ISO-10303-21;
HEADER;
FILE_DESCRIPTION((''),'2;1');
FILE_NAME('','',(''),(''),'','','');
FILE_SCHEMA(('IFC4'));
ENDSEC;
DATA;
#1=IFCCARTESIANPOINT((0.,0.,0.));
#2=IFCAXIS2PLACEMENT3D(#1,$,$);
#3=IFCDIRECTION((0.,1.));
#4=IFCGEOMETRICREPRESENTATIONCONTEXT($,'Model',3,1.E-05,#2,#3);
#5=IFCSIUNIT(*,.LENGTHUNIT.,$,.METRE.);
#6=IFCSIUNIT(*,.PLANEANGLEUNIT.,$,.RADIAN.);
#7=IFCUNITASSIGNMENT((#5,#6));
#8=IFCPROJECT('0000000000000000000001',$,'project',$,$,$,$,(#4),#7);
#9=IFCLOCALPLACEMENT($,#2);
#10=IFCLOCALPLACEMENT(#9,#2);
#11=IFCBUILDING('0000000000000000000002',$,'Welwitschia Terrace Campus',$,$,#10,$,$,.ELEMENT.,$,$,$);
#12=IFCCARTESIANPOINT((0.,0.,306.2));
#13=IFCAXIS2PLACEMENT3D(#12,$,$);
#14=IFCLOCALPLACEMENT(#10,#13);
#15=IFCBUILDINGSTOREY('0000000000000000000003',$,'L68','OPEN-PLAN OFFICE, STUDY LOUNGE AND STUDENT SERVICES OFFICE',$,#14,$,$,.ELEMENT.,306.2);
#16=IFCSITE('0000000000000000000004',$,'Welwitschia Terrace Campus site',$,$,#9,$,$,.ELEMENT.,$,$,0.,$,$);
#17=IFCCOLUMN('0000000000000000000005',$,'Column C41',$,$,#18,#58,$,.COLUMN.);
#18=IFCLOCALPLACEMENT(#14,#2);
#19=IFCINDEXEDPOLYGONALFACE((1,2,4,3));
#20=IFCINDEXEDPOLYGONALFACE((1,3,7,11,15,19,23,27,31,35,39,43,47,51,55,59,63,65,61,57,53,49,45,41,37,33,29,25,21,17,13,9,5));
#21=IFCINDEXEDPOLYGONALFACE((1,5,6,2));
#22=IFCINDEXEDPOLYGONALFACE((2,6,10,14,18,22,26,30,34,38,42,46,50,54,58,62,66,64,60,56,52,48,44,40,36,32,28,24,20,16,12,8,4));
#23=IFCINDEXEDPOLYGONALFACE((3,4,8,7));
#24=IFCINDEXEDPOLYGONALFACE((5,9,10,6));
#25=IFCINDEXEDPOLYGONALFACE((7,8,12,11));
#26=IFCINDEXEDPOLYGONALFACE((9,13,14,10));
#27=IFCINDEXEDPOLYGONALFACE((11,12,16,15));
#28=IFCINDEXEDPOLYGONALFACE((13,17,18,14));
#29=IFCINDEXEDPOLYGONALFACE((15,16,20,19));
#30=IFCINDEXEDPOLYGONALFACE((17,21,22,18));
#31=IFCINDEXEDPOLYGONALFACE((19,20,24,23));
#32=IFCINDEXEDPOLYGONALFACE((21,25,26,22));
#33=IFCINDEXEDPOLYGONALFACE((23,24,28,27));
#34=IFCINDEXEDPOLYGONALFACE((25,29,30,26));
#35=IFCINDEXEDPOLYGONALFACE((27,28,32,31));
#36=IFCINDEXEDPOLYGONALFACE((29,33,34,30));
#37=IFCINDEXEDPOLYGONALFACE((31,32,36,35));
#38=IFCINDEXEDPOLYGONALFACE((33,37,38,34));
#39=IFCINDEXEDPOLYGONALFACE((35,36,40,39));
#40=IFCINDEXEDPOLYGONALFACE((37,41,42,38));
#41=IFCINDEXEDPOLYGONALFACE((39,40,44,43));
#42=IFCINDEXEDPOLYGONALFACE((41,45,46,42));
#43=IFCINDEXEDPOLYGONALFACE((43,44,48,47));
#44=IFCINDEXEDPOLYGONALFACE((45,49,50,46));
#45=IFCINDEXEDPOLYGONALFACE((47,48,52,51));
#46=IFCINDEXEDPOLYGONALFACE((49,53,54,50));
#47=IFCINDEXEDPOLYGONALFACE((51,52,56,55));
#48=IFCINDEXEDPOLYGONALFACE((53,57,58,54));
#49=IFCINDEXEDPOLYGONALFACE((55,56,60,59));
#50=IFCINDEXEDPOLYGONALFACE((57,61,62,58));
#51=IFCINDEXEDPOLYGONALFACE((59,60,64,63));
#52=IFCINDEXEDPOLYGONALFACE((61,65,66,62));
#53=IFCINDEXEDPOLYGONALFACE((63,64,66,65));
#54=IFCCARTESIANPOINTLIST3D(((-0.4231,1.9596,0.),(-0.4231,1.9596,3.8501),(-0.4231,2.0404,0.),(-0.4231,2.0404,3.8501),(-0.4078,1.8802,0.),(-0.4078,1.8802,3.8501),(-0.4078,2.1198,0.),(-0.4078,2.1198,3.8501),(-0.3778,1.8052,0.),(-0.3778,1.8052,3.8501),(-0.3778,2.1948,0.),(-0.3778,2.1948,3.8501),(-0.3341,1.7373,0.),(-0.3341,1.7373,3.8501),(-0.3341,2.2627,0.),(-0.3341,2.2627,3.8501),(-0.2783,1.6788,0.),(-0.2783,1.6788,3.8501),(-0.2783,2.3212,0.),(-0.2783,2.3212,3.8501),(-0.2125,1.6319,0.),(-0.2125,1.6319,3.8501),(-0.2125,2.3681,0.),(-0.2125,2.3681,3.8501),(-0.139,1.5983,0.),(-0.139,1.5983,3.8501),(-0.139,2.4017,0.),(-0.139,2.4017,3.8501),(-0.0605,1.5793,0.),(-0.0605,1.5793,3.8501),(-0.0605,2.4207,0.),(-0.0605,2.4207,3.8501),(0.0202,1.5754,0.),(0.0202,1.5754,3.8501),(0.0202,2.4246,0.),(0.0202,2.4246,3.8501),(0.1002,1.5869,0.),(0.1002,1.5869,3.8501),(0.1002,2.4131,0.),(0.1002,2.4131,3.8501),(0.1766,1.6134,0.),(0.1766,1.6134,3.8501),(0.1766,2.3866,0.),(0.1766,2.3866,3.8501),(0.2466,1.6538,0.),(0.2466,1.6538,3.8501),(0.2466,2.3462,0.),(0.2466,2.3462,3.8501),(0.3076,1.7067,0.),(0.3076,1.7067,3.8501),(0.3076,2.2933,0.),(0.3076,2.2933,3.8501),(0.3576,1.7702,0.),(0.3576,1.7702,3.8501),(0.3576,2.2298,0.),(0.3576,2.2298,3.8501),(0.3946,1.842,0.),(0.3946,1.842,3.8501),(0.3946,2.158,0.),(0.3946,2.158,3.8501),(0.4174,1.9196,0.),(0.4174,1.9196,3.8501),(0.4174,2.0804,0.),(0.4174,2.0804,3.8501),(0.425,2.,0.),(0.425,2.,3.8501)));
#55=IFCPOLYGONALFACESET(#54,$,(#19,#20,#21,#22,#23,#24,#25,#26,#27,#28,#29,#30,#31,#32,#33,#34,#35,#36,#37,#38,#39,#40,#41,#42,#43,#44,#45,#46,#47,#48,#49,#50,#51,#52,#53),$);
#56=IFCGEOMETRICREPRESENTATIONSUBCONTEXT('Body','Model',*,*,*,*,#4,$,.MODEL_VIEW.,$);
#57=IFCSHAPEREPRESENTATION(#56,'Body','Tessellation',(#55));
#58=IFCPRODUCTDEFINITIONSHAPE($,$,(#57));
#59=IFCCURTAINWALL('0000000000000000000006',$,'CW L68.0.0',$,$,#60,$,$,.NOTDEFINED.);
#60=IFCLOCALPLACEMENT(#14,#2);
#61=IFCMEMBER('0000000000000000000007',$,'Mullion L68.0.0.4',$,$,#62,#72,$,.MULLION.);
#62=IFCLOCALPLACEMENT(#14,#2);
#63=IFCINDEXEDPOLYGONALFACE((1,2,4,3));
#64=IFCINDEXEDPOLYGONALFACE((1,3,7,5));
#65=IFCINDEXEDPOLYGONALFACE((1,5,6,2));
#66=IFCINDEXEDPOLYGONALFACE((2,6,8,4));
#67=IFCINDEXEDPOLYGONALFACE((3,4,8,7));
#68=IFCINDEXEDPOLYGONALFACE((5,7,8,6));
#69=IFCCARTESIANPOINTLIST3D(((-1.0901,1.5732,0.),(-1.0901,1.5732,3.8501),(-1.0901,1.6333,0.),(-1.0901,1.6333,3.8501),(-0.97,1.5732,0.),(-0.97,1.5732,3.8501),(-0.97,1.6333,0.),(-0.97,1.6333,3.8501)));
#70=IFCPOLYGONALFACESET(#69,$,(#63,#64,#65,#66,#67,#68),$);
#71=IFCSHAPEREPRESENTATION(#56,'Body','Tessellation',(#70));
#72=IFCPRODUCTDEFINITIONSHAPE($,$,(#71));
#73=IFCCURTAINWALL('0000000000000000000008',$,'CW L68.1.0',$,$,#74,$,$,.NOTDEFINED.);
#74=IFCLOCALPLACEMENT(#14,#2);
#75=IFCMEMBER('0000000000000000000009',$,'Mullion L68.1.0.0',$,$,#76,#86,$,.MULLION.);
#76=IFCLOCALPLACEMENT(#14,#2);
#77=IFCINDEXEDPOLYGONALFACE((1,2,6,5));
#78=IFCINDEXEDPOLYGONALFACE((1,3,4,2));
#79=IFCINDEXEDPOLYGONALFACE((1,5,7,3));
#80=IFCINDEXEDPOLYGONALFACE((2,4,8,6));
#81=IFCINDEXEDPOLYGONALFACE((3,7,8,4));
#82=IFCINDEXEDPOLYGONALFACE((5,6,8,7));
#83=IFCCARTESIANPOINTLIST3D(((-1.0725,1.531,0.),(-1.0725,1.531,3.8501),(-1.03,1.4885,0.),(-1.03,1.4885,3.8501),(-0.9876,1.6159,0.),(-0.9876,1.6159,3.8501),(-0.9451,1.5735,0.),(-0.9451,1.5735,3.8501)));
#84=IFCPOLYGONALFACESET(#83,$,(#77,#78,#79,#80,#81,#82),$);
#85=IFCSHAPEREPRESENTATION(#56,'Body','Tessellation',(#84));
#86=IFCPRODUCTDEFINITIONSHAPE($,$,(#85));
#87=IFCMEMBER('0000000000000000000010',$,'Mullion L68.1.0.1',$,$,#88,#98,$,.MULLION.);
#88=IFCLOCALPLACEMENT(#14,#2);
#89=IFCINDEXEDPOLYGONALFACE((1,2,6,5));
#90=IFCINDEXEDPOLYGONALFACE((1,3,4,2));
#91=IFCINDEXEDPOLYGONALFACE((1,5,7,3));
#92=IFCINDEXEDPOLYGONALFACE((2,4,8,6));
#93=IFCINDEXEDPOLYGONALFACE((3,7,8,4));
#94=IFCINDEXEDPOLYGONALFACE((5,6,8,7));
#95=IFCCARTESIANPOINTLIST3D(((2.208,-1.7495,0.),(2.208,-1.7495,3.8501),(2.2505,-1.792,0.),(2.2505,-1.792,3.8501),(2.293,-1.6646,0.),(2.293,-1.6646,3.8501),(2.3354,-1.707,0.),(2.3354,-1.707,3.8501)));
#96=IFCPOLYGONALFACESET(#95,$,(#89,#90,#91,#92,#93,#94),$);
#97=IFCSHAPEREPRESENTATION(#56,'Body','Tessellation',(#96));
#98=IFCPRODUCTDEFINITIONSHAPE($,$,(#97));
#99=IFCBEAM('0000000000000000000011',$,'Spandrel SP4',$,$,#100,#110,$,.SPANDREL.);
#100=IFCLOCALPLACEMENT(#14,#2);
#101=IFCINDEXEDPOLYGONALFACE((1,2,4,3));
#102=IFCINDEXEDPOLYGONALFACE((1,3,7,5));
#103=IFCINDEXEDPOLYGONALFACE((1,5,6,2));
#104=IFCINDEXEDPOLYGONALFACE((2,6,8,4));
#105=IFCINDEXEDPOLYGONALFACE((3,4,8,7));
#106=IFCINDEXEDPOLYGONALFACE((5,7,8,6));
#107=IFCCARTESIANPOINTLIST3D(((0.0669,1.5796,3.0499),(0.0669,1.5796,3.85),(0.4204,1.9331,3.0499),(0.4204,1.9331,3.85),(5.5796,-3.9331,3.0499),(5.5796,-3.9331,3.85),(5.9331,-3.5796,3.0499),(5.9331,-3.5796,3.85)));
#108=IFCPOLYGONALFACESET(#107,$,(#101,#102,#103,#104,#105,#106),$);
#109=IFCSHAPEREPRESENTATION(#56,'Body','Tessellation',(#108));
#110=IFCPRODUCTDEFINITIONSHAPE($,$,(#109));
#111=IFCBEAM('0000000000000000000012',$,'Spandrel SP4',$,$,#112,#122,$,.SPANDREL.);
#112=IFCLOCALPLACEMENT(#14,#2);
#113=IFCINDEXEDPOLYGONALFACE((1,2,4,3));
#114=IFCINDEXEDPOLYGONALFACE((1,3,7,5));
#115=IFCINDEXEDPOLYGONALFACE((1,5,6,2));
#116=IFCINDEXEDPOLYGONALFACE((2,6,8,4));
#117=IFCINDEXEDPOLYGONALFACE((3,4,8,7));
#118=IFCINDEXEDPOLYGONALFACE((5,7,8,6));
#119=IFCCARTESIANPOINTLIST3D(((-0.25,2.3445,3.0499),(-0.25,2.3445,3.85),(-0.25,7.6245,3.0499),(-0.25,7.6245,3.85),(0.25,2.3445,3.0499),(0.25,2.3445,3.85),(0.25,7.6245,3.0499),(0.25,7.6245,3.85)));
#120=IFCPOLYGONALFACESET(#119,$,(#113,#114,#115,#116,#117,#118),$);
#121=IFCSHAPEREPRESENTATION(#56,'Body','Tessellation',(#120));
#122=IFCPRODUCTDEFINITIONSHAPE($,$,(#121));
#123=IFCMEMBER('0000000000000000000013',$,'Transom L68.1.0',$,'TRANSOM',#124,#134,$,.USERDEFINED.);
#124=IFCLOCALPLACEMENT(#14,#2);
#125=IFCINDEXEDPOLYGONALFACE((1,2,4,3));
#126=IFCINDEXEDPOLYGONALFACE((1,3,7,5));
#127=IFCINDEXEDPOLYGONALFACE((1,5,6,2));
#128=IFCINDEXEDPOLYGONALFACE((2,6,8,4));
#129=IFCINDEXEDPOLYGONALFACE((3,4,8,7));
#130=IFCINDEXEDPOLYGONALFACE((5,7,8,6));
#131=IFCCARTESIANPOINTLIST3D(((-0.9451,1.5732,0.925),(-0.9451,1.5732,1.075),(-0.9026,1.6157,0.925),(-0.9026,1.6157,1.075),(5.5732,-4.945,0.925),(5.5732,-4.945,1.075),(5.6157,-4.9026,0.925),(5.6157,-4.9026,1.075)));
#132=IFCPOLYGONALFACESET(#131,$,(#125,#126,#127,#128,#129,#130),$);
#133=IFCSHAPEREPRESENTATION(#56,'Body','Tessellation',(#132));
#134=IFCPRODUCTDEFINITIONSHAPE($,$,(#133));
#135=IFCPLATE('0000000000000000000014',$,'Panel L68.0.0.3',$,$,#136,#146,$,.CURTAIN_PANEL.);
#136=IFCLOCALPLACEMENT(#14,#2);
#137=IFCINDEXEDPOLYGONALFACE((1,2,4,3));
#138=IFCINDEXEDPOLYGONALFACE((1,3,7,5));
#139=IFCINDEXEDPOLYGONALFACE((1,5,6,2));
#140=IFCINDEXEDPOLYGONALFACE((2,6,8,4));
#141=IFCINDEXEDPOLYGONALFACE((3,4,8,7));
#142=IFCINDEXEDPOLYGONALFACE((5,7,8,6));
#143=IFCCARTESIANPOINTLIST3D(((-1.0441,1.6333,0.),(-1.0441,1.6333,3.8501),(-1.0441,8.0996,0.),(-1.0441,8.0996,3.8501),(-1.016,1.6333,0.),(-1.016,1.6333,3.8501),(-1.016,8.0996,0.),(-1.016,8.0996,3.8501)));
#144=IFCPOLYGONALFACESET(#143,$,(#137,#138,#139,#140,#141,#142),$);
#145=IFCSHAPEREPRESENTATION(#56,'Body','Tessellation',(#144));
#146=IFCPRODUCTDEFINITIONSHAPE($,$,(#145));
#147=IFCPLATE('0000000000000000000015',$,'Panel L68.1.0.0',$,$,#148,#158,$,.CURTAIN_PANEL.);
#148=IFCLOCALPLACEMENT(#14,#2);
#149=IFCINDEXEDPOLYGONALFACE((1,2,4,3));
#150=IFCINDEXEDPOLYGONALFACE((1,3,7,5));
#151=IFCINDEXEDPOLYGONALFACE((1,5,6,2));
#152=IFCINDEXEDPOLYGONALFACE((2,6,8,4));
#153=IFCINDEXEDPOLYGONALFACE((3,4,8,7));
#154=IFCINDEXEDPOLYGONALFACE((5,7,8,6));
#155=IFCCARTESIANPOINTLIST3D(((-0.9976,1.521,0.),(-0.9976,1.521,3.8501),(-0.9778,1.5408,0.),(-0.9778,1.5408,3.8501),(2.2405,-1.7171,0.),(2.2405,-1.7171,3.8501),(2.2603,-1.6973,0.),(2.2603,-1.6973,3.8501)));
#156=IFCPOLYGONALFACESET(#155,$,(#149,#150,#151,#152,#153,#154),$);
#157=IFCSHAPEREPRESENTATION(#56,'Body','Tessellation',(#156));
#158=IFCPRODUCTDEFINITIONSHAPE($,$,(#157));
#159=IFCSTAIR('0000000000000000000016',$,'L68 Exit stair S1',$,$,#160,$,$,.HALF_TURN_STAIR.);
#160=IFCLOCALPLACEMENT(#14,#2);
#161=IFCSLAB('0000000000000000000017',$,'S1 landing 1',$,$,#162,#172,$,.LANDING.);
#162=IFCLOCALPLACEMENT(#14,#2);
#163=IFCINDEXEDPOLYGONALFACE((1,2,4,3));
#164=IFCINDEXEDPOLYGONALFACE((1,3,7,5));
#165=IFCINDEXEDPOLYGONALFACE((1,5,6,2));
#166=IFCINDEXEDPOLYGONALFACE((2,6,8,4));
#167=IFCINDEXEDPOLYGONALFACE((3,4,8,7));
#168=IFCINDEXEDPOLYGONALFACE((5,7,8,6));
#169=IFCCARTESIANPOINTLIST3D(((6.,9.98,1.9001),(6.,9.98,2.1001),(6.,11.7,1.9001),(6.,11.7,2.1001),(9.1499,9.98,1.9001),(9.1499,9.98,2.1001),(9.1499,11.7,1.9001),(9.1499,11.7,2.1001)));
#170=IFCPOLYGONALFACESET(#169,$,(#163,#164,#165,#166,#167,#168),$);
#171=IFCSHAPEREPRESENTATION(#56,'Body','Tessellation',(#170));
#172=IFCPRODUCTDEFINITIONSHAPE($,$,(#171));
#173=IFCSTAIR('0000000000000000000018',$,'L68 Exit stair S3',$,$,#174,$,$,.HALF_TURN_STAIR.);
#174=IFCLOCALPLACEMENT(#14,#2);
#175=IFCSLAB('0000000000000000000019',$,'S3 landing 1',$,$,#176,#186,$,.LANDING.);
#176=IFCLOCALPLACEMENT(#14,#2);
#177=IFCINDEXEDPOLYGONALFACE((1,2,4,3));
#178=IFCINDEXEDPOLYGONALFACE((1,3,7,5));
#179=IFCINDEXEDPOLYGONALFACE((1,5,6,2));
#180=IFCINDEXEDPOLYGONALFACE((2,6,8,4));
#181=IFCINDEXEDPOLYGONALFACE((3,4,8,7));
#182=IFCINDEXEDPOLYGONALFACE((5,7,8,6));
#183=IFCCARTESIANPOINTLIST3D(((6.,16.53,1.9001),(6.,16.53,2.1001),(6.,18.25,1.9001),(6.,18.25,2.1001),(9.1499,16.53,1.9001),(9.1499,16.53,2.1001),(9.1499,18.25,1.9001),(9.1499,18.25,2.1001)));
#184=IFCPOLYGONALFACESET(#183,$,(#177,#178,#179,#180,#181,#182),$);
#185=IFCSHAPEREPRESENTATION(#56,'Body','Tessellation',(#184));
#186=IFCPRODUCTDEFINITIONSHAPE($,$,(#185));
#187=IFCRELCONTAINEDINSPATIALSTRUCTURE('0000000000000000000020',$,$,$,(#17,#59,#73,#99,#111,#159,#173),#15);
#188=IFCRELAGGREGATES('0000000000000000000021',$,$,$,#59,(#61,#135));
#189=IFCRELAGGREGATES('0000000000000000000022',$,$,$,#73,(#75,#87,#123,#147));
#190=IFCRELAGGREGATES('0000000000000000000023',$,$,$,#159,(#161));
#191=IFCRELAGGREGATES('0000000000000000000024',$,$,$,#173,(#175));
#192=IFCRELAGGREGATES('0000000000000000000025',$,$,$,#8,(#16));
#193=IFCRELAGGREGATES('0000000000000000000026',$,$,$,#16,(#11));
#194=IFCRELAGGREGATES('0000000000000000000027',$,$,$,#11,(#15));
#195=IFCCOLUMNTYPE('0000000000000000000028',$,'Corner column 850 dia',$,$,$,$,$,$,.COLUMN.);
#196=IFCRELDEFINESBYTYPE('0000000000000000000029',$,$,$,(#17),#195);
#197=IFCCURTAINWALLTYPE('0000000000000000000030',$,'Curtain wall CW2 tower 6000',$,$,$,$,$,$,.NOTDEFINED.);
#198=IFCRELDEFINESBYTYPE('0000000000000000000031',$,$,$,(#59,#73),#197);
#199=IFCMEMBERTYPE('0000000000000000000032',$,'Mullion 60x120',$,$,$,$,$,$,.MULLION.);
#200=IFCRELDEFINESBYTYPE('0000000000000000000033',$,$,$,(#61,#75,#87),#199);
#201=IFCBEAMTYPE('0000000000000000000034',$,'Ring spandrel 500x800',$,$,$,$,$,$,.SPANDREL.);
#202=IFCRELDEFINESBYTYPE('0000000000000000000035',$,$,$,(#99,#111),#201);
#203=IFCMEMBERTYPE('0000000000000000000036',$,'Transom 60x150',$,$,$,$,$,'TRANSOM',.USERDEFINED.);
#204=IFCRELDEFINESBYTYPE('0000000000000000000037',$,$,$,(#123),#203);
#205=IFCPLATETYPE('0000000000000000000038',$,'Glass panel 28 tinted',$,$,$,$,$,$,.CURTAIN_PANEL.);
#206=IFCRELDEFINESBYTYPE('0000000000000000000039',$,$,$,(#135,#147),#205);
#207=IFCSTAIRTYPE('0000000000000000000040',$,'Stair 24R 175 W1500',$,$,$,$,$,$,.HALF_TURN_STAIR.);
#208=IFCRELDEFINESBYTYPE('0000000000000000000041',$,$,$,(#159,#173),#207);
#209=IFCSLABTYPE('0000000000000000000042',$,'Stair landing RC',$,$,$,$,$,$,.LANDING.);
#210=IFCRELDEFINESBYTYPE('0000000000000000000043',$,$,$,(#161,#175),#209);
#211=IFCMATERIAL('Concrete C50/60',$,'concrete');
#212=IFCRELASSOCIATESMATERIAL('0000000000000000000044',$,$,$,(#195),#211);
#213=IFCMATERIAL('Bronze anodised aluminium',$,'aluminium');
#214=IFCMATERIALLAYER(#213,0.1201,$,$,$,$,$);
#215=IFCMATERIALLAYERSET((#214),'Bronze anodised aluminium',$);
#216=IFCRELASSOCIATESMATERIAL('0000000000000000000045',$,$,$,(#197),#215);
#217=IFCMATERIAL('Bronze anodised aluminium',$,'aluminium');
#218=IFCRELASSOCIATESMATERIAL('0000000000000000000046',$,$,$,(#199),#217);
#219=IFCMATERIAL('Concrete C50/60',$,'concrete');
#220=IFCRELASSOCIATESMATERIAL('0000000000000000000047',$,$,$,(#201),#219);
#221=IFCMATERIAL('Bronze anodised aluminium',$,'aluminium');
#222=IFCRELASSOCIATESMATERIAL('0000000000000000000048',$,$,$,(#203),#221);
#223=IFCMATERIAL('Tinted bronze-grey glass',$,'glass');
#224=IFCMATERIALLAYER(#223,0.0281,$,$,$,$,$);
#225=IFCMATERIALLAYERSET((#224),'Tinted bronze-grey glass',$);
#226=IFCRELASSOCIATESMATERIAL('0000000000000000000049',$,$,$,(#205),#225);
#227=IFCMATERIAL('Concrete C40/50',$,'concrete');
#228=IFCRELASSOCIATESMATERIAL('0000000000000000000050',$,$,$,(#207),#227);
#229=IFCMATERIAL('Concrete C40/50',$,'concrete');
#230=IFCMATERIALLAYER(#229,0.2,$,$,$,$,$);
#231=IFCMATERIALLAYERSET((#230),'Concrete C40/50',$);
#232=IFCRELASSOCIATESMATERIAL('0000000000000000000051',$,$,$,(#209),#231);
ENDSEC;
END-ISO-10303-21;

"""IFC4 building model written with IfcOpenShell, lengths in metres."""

from ifc_helpers import new_model, si_unit, direction, frame, origin, origin_2d, place, context, subcontext, project, spatial, polyline, rectangle, circle, outline, extrude, material, layer, layer_set, material_profile, profile_set, type_object, element, aggregate, save


model = new_model("IFC4")

# Units and contexts
model_context = context("Model", 3, precision=1e-05, world=origin(), true_north=direction((0.0, 1.0)))
body_context = subcontext(model_context, "Body", "Model", "MODEL_VIEW")
ifc_project = project(units=[si_unit("LENGTHUNIT", "METRE"), si_unit("PLANEANGLEUNIT", "RADIAN")], contexts=[model_context])

# Site, building, storey
site_placement = place(None, origin())
site = spatial("IfcSite", under=ifc_project, at=site_placement, Name="Welwitschia Terrace Campus site", CompositionType="ELEMENT", RefElevation=0.0)
building_placement = place(site_placement, origin())
building = spatial("IfcBuilding", under=site, at=building_placement, Name="Welwitschia Terrace Campus", CompositionType="ELEMENT")
storey_placement = place(building_placement, frame((0.0, 0.0, 306.2)))
storey = spatial("IfcBuildingStorey", under=building, at=storey_placement, Name="L68", Description="OPEN-PLAN OFFICE, STUDY LOUNGE AND STUDENT SERVICES OFFICE", CompositionType="ELEMENT", Elevation=306.2)

# Column
ifc_material_1 = material(Name="Concrete C50/60", Category="concrete")
ifc_material_profile_1 = material_profile(ifc_material_1, circle(Radius=0.425, at=origin_2d()))
ifc_profile_set_1 = profile_set([ifc_material_profile_1], Name="Concrete C50/60")
column_type = type_object("IfcColumnType", Name="Corner column 850 dia", PredefinedType="COLUMN", material=ifc_profile_set_1)
column_placement = place(storey_placement, frame((0.0, 2.0, 0.0), z_axis=(0.0, 0.0, 1.0), x_axis=(1.0, 0.0, 0.0)))
element("IfcColumn", 1, at=column_placement, inside=storey, type_object=column_type, Name="Column C41", PredefinedType="COLUMN", context=body_context, shape_type="SweptSolid", body=[
    extrude(circle(Radius=0.425, at=origin_2d()), origin(), (0.0, 0.0, 1.0), 3.8501),
])

# Curtain wall, member
ifc_material_2 = material(Name="Bronze anodised aluminium", Category="aluminium")
ifc_layer_1 = layer(ifc_material_2, 0.1201)
ifc_layer_set_1 = layer_set([ifc_layer_1], Name="Bronze anodised aluminium")
curtain_wall_type = type_object("IfcCurtainWallType", Name="Curtain wall CW2 tower 6000", PredefinedType="NOTDEFINED", material=ifc_layer_set_1)
curtain_wall_1_placement = place(storey_placement, origin())
curtain_wall_1 = element("IfcCurtainWall", 2, at=curtain_wall_1_placement, inside=storey, type_object=curtain_wall_type, Name="CW L68.0.0", PredefinedType="NOTDEFINED")
ifc_material_3 = material(Name="Bronze anodised aluminium", Category="aluminium")
ifc_material_profile_2 = material_profile(ifc_material_3, rectangle(XDim=0.1201, YDim=0.0601, at=origin_2d()))
ifc_profile_set_2 = profile_set([ifc_material_profile_2], Name="Bronze anodised aluminium")
member_type_1 = type_object("IfcMemberType", Name="Mullion 60x120", PredefinedType="MULLION", material=ifc_profile_set_2)
member_1_placement = place(storey_placement, frame((-1.03, 1.6033, 0.0), z_axis=(0.0, 0.0, 1.0), x_axis=(1.0, 0.0, 0.0)))
member_1 = element("IfcMember", 3, at=member_1_placement, type_object=member_type_1, Name="Mullion L68.0.0.4", PredefinedType="MULLION", context=body_context, shape_type="SweptSolid", body=[
    extrude(rectangle(XDim=0.1201, YDim=0.0601, at=origin_2d()), origin(), (0.0, 0.0, 1.0), 3.8501),
])

# Curtain wall, members
curtain_wall_2_placement = place(storey_placement, origin())
curtain_wall_2 = element("IfcCurtainWall", 4, at=curtain_wall_2_placement, inside=storey, type_object=curtain_wall_type, Name="CW L68.1.0", PredefinedType="NOTDEFINED")
member_2_placement = place(storey_placement, frame((-1.0088, 1.5522, 0.0), z_axis=(0.0, 0.0, 1.0), x_axis=(0.707107, 0.707107, 0.0)))
member_2 = element("IfcMember", 5, at=member_2_placement, type_object=member_type_1, Name="Mullion L68.1.0.0", PredefinedType="MULLION", context=body_context, shape_type="SweptSolid", body=[
    extrude(rectangle(XDim=0.1201, YDim=0.0601, at=origin_2d()), origin(), (0.0, 0.0, 1.0), 3.8501),
])
member_3_placement = place(storey_placement, frame((2.2717, -1.7283, 0.0), z_axis=(0.0, 0.0, 1.0), x_axis=(0.707107, 0.707107, 0.0)))
member_3 = element("IfcMember", 6, at=member_3_placement, type_object=member_type_1, Name="Mullion L68.1.0.1", PredefinedType="MULLION", context=body_context, shape_type="SweptSolid", body=[
    extrude(rectangle(XDim=0.1201, YDim=0.0601, at=origin_2d()), origin(), (0.0, 0.0, 1.0), 3.8501),
])

# Beams
ifc_material_4 = material(Name="Concrete C50/60", Category="concrete")
ifc_material_profile_3 = material_profile(ifc_material_4, rectangle(XDim=0.5, YDim=0.8, at=origin_2d()))
ifc_profile_set_3 = profile_set([ifc_material_profile_3], Name="Concrete C50/60")
beam_type = type_object("IfcBeamType", Name="Ring spandrel 500x800", PredefinedType="SPANDREL", material=ifc_profile_set_3)
beam_1_placement = place(storey_placement, frame((0.2437, 1.7563, 3.45), z_axis=(0.707107, -0.707107, 0.0), x_axis=(0.707107, 0.707107, 0.0)))
element("IfcBeam", 7, at=beam_1_placement, inside=storey, type_object=beam_type, Name="Spandrel SP4", PredefinedType="SPANDREL", context=body_context, shape_type="SweptSolid", body=[
    extrude(rectangle(XDim=0.5, YDim=0.8, at=origin_2d()), origin(), (0.0, 0.0, 1.0), 7.7961),
])
beam_2_placement = place(storey_placement, frame((0.0, 7.6245, 3.45), z_axis=(0.0, -1.0, 0.0), x_axis=(1.0, 0.0, 0.0)))
element("IfcBeam", 8, at=beam_2_placement, inside=storey, type_object=beam_type, Name="Spandrel SP4", PredefinedType="SPANDREL", context=body_context, shape_type="SweptSolid", body=[
    extrude(rectangle(XDim=0.5, YDim=0.8, at=origin_2d()), origin(), (0.0, 0.0, 1.0), 5.28),
])

# Member
ifc_material_5 = material(Name="Bronze anodised aluminium", Category="aluminium")
ifc_material_profile_4 = material_profile(ifc_material_5, rectangle(XDim=0.0601, YDim=0.1499, at=origin_2d()))
ifc_profile_set_4 = profile_set([ifc_material_profile_4], Name="Bronze anodised aluminium")
member_type_2 = type_object("IfcMemberType", Name="Transom 60x150", ElementType="TRANSOM", PredefinedType="USERDEFINED", material=ifc_profile_set_4)
member_4_placement = place(storey_placement, frame((-0.9238, 1.5945, 1.0), z_axis=(0.707107, -0.707107, 0.0), x_axis=(0.707107, 0.707107, 0.0)))
member_4 = element("IfcMember", 9, at=member_4_placement, type_object=member_type_2, Name="Transom L68.1.0", ObjectType="TRANSOM", PredefinedType="USERDEFINED", context=body_context, shape_type="SweptSolid", body=[
    extrude(rectangle(XDim=0.0601, YDim=0.1499, at=origin_2d()), origin(), (0.0, 0.0, 1.0), 9.2183),
])

# Plates
ifc_material_6 = material(Name="Tinted bronze-grey glass", Category="glass")
ifc_layer_2 = layer(ifc_material_6, 0.0281)
ifc_layer_set_2 = layer_set([ifc_layer_2], Name="Tinted bronze-grey glass")
plate_type = type_object("IfcPlateType", Name="Glass panel 28 tinted", PredefinedType="CURTAIN_PANEL", material=ifc_layer_set_2)
plate_1_placement = place(storey_placement, frame((-1.03, 4.8665, 0.0), z_axis=(0.0, 0.0, 1.0), x_axis=(0.0, -1.0, 0.0)))
plate_1 = element("IfcPlate", 10, at=plate_1_placement, type_object=plate_type, Name="Panel L68.0.0.3", PredefinedType="CURTAIN_PANEL", context=body_context, shape_type="SweptSolid", body=[
    extrude(rectangle(XDim=6.4663, YDim=0.0281, at=origin_2d()), origin(), (0.0, 0.0, 1.0), 3.8501),
])
aggregate(curtain_wall_1, [member_1, plate_1])
plate_2_placement = place(storey_placement, frame((0.6313, -0.0881, 0.0), z_axis=(0.0, 0.0, 1.0), x_axis=(0.707107, -0.707107, 0.0)))
plate_2 = element("IfcPlate", 11, at=plate_2_placement, type_object=plate_type, Name="Panel L68.1.0.0", PredefinedType="CURTAIN_PANEL", context=body_context, shape_type="SweptSolid", body=[
    extrude(rectangle(XDim=4.5793, YDim=0.0281, at=origin_2d()), origin(), (0.0, 0.0, 1.0), 3.8501),
])
aggregate(curtain_wall_2, [member_2, member_3, member_4, plate_2])

# Stairs, slabs
ifc_material_7 = material(Name="Concrete C40/50", Category="concrete")
stair_type = type_object("IfcStairType", Name="Stair 24R 175 W1500", PredefinedType="HALF_TURN_STAIR", material=ifc_material_7)
stair_1_placement = place(storey_placement, origin())
stair_1 = element("IfcStair", 12, at=stair_1_placement, inside=storey, type_object=stair_type, Name="L68 Exit stair S1", PredefinedType="HALF_TURN_STAIR")
ifc_material_8 = material(Name="Concrete C40/50", Category="concrete")
ifc_layer_3 = layer(ifc_material_8, 0.2)
ifc_layer_set_3 = layer_set([ifc_layer_3], Name="Concrete C40/50")
slab_type_1 = type_object("IfcSlabType", Name="Stair landing RC", PredefinedType="LANDING", material=ifc_layer_set_3)
slab_1_placement = place(storey_placement, frame((0.0, 0.0, 1.9001)))
slab_1 = element("IfcSlab", 13, at=slab_1_placement, type_object=slab_type_1, Name="S1 landing 1", PredefinedType="LANDING", context=body_context, shape_type="SweptSolid", body=[
    extrude(outline(polyline([(9.1499, 9.98), (9.1499, 11.7), (6.0, 11.7), (6.0, 9.98), (9.1499, 9.98)])), origin(), (0.0, 0.0, 1.0), 0.2),
])
aggregate(stair_1, [slab_1])
stair_2_placement = place(storey_placement, origin())
stair_2 = element("IfcStair", 14, at=stair_2_placement, inside=storey, type_object=stair_type, Name="L68 Exit stair S3", PredefinedType="HALF_TURN_STAIR")
slab_2_placement = place(storey_placement, frame((0.0, 0.0, 1.9001)))
slab_2 = element("IfcSlab", 15, at=slab_2_placement, type_object=slab_type_1, Name="S3 landing 1", PredefinedType="LANDING", context=body_context, shape_type="SweptSolid", body=[
    extrude(outline(polyline([(9.1499, 16.53), (9.1499, 18.25), (6.0, 18.25), (6.0, 16.53), (9.1499, 16.53)])), origin(), (0.0, 0.0, 1.0), 0.2),
])
aggregate(stair_2, [slab_2])

save(model, "model.ifc")
